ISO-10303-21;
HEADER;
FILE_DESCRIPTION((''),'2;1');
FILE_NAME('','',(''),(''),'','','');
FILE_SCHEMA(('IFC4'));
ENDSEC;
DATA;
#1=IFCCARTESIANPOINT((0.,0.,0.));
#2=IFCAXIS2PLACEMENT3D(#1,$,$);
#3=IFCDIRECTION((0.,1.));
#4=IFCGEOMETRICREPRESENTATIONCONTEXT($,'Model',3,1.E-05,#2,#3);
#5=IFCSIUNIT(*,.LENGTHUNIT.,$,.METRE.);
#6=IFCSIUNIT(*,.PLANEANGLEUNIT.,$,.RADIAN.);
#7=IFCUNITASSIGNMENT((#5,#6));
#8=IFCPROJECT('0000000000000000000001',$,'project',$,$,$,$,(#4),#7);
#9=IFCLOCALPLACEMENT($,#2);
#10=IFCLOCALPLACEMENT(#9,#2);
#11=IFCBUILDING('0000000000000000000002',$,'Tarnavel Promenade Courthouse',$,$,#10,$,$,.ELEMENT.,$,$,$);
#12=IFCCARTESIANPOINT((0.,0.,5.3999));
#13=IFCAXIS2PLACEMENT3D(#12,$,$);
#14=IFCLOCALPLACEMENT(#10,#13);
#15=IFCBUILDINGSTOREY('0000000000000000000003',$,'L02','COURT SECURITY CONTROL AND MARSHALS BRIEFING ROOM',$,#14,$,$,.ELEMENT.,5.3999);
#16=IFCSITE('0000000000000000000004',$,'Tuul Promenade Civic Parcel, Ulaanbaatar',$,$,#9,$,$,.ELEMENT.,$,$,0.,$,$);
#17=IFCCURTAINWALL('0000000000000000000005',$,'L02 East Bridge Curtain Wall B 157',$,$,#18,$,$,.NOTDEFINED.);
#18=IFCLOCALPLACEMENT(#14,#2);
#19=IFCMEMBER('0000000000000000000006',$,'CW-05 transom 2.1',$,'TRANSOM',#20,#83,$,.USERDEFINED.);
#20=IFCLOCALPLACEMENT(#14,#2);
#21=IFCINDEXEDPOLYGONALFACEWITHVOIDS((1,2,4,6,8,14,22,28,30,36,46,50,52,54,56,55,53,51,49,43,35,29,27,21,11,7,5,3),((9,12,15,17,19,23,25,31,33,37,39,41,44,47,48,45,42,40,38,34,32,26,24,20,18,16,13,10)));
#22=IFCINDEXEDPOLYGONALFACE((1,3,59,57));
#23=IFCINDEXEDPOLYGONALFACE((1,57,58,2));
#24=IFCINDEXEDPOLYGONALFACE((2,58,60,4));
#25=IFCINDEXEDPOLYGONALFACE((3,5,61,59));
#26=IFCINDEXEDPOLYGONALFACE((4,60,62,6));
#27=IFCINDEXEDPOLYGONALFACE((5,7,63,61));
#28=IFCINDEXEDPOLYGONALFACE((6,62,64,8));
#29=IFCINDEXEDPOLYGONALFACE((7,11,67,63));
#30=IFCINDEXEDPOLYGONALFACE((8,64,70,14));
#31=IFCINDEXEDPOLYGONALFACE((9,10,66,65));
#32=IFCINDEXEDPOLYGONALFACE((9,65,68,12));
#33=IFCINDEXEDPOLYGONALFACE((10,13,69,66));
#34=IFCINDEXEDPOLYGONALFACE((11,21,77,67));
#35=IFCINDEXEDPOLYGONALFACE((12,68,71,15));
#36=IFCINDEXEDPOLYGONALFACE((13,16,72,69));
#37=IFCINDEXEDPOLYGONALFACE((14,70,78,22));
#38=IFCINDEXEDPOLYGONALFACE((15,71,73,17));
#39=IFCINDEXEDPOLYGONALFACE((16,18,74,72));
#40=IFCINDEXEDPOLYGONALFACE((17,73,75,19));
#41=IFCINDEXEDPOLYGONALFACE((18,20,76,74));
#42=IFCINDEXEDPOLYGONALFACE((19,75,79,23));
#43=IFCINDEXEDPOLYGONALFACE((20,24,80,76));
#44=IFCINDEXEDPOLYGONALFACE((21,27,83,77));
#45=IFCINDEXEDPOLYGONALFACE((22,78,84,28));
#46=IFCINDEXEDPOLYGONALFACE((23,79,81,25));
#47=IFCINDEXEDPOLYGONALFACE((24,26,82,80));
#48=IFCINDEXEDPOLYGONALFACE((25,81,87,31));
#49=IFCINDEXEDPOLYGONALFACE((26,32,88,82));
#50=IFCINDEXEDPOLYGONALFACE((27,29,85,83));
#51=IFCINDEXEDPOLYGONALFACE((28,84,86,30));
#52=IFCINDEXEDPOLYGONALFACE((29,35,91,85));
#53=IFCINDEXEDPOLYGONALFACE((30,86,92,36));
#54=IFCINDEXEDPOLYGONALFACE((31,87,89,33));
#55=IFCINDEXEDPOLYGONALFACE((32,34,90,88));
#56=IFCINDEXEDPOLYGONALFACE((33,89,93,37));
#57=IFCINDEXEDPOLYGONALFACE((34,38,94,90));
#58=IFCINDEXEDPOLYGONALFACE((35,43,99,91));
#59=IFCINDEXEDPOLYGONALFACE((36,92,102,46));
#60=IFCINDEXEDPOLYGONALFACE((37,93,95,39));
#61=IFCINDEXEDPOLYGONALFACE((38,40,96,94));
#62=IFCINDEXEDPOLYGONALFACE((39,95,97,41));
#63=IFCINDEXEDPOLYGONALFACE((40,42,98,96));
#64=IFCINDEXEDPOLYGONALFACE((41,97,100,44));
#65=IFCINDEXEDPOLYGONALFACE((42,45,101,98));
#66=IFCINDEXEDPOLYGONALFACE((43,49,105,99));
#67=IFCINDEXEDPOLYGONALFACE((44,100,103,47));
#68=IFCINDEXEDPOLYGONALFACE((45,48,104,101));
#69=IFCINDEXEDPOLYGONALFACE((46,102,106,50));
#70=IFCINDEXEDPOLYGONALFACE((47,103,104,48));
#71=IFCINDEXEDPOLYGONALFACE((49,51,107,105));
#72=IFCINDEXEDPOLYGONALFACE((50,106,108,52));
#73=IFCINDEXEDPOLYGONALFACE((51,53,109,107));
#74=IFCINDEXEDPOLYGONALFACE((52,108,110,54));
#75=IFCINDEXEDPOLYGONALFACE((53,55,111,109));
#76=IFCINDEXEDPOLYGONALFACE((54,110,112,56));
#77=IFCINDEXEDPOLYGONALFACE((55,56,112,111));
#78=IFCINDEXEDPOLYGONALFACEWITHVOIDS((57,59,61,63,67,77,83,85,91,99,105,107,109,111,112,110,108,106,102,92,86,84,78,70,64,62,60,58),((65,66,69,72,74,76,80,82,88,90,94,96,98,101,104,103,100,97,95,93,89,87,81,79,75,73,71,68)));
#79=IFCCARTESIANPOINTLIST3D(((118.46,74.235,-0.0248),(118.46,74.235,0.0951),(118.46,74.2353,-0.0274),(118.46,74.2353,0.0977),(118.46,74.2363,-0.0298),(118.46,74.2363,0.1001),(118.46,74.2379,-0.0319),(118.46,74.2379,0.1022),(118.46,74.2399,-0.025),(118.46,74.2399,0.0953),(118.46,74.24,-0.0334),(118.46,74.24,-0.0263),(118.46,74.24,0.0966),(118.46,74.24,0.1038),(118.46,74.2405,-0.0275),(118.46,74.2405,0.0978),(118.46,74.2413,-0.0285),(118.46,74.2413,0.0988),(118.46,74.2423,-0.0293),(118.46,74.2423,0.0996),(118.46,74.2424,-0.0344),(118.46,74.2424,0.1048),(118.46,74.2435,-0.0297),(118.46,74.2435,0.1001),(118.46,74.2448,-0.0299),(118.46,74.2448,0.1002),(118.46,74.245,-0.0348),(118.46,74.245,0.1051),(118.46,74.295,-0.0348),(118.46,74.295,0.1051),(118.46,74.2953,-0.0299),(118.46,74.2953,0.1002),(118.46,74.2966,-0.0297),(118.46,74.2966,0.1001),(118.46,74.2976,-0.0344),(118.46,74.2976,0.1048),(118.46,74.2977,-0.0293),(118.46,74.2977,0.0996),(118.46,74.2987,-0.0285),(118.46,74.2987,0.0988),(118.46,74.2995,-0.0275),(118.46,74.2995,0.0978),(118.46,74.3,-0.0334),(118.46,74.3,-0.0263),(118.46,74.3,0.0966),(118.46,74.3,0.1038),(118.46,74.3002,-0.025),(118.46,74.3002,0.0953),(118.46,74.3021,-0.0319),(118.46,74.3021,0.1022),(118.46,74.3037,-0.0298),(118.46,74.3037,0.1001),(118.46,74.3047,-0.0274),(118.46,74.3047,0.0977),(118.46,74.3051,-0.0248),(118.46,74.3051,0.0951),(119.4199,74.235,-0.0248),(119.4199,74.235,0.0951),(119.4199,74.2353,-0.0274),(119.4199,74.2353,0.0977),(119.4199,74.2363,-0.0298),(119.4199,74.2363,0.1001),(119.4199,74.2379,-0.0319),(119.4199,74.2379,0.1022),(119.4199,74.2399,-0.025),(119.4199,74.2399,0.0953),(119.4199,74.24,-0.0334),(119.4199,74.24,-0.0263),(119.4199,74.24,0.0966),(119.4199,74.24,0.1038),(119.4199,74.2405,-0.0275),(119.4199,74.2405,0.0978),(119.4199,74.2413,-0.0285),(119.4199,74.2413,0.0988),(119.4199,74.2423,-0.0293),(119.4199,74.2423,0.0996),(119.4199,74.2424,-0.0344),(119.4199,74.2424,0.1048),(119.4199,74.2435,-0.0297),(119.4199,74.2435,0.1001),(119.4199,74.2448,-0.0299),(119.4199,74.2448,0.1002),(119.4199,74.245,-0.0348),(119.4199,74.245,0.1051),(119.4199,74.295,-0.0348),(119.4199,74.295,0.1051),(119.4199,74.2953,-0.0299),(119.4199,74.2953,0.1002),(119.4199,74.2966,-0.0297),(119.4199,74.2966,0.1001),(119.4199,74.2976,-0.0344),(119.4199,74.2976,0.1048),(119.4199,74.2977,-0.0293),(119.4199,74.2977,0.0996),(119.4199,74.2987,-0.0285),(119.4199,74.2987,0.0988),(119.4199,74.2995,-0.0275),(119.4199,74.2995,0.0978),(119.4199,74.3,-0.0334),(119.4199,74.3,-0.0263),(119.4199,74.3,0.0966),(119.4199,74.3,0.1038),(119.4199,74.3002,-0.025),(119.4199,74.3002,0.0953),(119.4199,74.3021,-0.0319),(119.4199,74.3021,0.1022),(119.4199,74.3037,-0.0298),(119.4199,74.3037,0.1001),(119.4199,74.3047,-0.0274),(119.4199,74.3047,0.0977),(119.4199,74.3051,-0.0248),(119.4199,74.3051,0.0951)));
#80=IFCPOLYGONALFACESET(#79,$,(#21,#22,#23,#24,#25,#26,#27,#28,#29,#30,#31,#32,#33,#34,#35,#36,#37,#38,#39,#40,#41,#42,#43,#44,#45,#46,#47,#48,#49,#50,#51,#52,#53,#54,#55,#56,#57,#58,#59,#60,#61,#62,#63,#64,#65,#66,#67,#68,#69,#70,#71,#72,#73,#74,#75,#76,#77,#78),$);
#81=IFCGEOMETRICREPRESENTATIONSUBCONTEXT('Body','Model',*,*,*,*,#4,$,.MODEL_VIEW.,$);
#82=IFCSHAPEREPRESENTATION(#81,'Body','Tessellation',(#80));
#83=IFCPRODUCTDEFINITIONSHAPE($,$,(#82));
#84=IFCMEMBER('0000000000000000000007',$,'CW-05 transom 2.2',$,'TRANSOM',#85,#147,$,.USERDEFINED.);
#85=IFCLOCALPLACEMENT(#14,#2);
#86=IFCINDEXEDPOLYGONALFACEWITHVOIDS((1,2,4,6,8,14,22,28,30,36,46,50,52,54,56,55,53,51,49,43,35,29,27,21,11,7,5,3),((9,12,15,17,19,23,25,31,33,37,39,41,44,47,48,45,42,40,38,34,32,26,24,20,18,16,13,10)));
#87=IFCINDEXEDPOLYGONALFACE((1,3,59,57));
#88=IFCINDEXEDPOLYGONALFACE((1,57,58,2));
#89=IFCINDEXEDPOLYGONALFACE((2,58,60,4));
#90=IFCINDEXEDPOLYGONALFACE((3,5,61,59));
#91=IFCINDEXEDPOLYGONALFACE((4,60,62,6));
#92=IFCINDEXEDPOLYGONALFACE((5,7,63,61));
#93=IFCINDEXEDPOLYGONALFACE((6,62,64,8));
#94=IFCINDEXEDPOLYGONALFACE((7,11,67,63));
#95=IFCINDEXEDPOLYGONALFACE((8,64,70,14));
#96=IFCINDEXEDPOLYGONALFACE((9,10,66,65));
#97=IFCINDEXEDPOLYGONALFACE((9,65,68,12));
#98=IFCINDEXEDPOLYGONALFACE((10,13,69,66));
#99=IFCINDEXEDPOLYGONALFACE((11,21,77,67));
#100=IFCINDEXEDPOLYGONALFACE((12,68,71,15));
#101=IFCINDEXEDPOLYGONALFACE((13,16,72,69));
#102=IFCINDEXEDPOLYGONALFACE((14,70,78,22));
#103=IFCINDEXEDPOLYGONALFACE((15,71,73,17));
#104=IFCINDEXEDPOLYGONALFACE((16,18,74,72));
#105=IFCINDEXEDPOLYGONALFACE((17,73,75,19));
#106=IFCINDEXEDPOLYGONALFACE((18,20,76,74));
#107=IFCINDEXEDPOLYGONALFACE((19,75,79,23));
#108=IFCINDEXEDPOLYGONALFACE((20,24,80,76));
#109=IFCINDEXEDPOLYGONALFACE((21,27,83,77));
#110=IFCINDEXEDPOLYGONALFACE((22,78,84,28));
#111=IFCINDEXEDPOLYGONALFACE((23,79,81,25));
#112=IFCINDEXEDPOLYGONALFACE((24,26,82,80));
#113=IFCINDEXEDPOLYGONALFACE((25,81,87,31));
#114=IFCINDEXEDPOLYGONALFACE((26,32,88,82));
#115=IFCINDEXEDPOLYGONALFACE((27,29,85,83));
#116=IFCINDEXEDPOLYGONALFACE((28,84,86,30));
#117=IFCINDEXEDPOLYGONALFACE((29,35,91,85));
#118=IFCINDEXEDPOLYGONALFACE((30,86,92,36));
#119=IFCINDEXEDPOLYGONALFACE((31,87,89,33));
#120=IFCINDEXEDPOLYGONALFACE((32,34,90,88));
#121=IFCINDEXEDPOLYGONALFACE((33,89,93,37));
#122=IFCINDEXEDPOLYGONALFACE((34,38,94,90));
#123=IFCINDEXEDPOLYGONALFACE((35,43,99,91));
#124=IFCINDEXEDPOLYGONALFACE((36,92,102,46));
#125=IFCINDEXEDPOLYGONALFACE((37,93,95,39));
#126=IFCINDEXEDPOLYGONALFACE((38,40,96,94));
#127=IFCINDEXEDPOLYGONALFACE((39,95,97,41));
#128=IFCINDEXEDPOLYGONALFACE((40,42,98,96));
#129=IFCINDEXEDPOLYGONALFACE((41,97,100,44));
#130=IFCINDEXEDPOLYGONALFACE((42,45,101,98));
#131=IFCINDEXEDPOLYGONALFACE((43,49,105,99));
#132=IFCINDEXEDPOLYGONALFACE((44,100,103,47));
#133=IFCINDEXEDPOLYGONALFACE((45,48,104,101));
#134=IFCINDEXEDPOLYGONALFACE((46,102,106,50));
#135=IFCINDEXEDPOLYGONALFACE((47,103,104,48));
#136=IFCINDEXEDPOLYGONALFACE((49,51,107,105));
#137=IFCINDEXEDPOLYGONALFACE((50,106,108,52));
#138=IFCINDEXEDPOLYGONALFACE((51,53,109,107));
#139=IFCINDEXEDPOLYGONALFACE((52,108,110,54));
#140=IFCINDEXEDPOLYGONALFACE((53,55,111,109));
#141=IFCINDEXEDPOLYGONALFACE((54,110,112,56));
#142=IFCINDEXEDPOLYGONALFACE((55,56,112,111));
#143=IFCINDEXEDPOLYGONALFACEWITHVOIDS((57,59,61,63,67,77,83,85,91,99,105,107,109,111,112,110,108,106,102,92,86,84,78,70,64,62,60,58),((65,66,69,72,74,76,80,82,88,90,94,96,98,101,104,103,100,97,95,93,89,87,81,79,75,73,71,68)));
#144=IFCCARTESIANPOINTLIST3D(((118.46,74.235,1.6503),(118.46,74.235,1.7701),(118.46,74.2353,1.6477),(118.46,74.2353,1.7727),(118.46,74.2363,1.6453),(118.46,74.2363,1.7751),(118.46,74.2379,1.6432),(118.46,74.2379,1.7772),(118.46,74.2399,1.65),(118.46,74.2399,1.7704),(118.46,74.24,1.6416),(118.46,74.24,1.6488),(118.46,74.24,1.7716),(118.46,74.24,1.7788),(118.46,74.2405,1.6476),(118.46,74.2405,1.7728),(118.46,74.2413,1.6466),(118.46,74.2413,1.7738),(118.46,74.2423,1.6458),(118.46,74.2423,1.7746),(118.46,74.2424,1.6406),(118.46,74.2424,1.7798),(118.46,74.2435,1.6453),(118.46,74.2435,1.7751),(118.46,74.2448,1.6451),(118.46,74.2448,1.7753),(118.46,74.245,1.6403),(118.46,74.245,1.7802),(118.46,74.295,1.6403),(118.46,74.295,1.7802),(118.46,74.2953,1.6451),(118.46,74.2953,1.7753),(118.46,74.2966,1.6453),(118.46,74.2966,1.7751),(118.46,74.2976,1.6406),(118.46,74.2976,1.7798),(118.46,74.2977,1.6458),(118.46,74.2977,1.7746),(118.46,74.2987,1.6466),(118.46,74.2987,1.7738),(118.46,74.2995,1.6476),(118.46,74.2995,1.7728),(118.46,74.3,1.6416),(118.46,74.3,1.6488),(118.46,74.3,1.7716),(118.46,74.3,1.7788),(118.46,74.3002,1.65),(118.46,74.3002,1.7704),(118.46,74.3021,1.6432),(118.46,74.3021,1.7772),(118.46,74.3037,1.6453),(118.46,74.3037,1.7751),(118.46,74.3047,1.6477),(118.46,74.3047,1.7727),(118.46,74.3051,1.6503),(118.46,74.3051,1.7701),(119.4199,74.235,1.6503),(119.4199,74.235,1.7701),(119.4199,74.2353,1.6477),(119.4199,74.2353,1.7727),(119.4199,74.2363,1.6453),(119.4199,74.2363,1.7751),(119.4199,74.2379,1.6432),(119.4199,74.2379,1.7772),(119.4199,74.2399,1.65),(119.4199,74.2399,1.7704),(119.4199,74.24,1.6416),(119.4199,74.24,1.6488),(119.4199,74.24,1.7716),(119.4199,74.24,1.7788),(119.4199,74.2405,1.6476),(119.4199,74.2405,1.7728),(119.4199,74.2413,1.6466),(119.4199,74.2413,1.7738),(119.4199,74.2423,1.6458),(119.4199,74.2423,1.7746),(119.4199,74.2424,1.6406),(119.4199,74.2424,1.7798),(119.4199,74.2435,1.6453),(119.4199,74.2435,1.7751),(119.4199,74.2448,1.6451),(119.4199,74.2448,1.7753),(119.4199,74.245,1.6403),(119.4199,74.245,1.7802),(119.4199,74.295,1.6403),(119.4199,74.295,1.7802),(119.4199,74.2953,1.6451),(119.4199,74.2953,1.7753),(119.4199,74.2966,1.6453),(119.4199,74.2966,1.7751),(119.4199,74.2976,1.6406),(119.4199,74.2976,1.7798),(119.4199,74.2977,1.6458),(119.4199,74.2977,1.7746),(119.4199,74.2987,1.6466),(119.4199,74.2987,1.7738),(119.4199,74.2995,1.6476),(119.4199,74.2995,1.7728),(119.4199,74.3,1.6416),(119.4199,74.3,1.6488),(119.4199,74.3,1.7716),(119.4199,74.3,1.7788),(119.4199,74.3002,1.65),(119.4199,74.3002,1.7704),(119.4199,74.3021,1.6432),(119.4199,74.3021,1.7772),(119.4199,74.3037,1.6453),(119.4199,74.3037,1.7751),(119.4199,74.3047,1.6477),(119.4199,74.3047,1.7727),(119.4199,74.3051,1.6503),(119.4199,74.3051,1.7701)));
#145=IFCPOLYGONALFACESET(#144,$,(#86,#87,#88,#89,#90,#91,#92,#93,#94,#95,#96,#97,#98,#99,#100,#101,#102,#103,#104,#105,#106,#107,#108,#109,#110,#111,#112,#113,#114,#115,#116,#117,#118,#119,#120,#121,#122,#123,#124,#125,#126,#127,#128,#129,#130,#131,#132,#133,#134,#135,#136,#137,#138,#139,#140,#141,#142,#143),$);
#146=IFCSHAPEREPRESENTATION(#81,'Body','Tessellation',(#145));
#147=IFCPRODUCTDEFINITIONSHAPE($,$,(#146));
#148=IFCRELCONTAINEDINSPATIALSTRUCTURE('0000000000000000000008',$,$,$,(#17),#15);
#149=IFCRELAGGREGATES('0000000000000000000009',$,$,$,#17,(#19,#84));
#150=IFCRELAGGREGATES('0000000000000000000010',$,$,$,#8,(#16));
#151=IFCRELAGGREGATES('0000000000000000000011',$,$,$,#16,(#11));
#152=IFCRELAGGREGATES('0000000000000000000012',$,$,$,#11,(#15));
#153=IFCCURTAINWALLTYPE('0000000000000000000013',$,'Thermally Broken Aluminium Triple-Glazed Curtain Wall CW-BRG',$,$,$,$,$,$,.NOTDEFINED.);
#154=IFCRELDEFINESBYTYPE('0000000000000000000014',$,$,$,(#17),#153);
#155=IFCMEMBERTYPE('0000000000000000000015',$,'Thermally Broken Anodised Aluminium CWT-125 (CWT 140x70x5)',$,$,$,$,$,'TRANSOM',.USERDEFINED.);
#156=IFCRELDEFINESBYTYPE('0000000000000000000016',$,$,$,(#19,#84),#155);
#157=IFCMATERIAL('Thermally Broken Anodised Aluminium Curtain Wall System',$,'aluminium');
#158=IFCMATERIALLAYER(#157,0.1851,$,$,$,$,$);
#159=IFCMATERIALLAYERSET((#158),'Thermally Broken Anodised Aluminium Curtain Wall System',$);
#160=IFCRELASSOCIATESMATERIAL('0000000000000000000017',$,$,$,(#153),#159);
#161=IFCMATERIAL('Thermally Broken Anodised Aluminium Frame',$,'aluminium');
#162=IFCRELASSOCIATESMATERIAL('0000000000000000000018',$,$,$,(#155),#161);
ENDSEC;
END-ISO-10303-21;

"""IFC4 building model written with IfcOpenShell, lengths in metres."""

from ifc_helpers import new_model, si_unit, direction, frame, origin, origin_2d, place, context, subcontext, project, spatial, hollow_rectangle, extrude, material, layer, layer_set, material_profile, profile_set, type_object, element, aggregate, save


model = new_model("IFC4")

# Units and contexts
model_context = context("Model", 3, precision=1e-05, world=origin(), true_north=direction((0.0, 1.0)))
body_context = subcontext(model_context, "Body", "Model", "MODEL_VIEW")
ifc_project = project(units=[si_unit("LENGTHUNIT", "METRE"), si_unit("PLANEANGLEUNIT", "RADIAN")], contexts=[model_context])

# Site, building, storey
site_placement = place(None, origin())
site = spatial("IfcSite", under=ifc_project, at=site_placement, Name="Tuul Promenade Civic Parcel, Ulaanbaatar", CompositionType="ELEMENT", RefElevation=0.0)
building_placement = place(site_placement, origin())
building = spatial("IfcBuilding", under=site, at=building_placement, Name="Tarnavel Promenade Courthouse", CompositionType="ELEMENT")
storey_placement = place(building_placement, frame((0.0, 0.0, 5.3999)))
storey = spatial("IfcBuildingStorey", under=building, at=storey_placement, Name="L02", Description="COURT SECURITY CONTROL AND MARSHALS BRIEFING ROOM", CompositionType="ELEMENT", Elevation=5.3999)

# Shared definitions
ifc_material_1 = material(Name="Thermally Broken Anodised Aluminium Curtain Wall System", Category="aluminium")
ifc_layer_1 = layer(ifc_material_1, 0.1851)
ifc_layer_set_1 = layer_set([ifc_layer_1], Name="Thermally Broken Anodised Aluminium Curtain Wall System")
curtain_wall_type = type_object("IfcCurtainWallType", Name="Thermally Broken Aluminium Triple-Glazed Curtain Wall CW-BRG", PredefinedType="NOTDEFINED", material=ifc_layer_set_1)
ifc_material_2 = material(Name="Thermally Broken Anodised Aluminium Frame", Category="aluminium")

# Curtain wall, members
curtain_wall_1_placement = place(storey_placement, origin())
curtain_wall_1 = element("IfcCurtainWall", 1, at=curtain_wall_1_placement, inside=storey, type_object=curtain_wall_type, Name="L02 East Bridge Curtain Wall B 157", PredefinedType="NOTDEFINED")
ifc_material_profile_1 = material_profile(ifc_material_2, hollow_rectangle(XDim=0.0701, YDim=0.1399, WallThickness=0.0049, InnerFilletRadius=0.0049, OuterFilletRadius=0.01, at=origin_2d()), Name="CWT 140x70x5")
ifc_profile_set_1 = profile_set([ifc_material_profile_1], Name="Thermally Broken Anodised Aluminium Frame")
member_type_1 = type_object("IfcMemberType", Name="Thermally Broken Anodised Aluminium CWT-125 (CWT 140x70x5)", ElementType="TRANSOM", PredefinedType="USERDEFINED", material=ifc_profile_set_1)
member_1_placement = place(storey_placement, frame((118.46, 74.27, 0.0352), z_axis=(1.0, 0.0, 0.0), x_axis=(0.0, 1.0, 0.0)))
member_1 = element("IfcMember", 2, at=member_1_placement, type_object=member_type_1, Name="CW-05 transom 2.1", ObjectType="TRANSOM", PredefinedType="USERDEFINED", context=body_context, shape_type="SweptSolid", body=[
    extrude(hollow_rectangle(XDim=0.0701, YDim=0.1399, WallThickness=0.0049, InnerFilletRadius=0.0049, OuterFilletRadius=0.01, at=origin_2d()), origin(), (0.0, 0.0, 1.0), 0.96),
])
member_2_placement = place(storey_placement, frame((118.46, 74.27, 1.7102), z_axis=(1.0, 0.0, 0.0), x_axis=(0.0, 1.0, 0.0)))
member_2 = element("IfcMember", 3, at=member_2_placement, type_object=member_type_1, Name="CW-05 transom 2.2", ObjectType="TRANSOM", PredefinedType="USERDEFINED", context=body_context, shape_type="SweptSolid", body=[
    extrude(hollow_rectangle(XDim=0.0701, YDim=0.1399, WallThickness=0.0049, InnerFilletRadius=0.0049, OuterFilletRadius=0.01, at=origin_2d()), origin(), (0.0, 0.0, 1.0), 0.96),
])

aggregate(curtain_wall_1, [member_1, member_2])

save(model, "model.ifc")
